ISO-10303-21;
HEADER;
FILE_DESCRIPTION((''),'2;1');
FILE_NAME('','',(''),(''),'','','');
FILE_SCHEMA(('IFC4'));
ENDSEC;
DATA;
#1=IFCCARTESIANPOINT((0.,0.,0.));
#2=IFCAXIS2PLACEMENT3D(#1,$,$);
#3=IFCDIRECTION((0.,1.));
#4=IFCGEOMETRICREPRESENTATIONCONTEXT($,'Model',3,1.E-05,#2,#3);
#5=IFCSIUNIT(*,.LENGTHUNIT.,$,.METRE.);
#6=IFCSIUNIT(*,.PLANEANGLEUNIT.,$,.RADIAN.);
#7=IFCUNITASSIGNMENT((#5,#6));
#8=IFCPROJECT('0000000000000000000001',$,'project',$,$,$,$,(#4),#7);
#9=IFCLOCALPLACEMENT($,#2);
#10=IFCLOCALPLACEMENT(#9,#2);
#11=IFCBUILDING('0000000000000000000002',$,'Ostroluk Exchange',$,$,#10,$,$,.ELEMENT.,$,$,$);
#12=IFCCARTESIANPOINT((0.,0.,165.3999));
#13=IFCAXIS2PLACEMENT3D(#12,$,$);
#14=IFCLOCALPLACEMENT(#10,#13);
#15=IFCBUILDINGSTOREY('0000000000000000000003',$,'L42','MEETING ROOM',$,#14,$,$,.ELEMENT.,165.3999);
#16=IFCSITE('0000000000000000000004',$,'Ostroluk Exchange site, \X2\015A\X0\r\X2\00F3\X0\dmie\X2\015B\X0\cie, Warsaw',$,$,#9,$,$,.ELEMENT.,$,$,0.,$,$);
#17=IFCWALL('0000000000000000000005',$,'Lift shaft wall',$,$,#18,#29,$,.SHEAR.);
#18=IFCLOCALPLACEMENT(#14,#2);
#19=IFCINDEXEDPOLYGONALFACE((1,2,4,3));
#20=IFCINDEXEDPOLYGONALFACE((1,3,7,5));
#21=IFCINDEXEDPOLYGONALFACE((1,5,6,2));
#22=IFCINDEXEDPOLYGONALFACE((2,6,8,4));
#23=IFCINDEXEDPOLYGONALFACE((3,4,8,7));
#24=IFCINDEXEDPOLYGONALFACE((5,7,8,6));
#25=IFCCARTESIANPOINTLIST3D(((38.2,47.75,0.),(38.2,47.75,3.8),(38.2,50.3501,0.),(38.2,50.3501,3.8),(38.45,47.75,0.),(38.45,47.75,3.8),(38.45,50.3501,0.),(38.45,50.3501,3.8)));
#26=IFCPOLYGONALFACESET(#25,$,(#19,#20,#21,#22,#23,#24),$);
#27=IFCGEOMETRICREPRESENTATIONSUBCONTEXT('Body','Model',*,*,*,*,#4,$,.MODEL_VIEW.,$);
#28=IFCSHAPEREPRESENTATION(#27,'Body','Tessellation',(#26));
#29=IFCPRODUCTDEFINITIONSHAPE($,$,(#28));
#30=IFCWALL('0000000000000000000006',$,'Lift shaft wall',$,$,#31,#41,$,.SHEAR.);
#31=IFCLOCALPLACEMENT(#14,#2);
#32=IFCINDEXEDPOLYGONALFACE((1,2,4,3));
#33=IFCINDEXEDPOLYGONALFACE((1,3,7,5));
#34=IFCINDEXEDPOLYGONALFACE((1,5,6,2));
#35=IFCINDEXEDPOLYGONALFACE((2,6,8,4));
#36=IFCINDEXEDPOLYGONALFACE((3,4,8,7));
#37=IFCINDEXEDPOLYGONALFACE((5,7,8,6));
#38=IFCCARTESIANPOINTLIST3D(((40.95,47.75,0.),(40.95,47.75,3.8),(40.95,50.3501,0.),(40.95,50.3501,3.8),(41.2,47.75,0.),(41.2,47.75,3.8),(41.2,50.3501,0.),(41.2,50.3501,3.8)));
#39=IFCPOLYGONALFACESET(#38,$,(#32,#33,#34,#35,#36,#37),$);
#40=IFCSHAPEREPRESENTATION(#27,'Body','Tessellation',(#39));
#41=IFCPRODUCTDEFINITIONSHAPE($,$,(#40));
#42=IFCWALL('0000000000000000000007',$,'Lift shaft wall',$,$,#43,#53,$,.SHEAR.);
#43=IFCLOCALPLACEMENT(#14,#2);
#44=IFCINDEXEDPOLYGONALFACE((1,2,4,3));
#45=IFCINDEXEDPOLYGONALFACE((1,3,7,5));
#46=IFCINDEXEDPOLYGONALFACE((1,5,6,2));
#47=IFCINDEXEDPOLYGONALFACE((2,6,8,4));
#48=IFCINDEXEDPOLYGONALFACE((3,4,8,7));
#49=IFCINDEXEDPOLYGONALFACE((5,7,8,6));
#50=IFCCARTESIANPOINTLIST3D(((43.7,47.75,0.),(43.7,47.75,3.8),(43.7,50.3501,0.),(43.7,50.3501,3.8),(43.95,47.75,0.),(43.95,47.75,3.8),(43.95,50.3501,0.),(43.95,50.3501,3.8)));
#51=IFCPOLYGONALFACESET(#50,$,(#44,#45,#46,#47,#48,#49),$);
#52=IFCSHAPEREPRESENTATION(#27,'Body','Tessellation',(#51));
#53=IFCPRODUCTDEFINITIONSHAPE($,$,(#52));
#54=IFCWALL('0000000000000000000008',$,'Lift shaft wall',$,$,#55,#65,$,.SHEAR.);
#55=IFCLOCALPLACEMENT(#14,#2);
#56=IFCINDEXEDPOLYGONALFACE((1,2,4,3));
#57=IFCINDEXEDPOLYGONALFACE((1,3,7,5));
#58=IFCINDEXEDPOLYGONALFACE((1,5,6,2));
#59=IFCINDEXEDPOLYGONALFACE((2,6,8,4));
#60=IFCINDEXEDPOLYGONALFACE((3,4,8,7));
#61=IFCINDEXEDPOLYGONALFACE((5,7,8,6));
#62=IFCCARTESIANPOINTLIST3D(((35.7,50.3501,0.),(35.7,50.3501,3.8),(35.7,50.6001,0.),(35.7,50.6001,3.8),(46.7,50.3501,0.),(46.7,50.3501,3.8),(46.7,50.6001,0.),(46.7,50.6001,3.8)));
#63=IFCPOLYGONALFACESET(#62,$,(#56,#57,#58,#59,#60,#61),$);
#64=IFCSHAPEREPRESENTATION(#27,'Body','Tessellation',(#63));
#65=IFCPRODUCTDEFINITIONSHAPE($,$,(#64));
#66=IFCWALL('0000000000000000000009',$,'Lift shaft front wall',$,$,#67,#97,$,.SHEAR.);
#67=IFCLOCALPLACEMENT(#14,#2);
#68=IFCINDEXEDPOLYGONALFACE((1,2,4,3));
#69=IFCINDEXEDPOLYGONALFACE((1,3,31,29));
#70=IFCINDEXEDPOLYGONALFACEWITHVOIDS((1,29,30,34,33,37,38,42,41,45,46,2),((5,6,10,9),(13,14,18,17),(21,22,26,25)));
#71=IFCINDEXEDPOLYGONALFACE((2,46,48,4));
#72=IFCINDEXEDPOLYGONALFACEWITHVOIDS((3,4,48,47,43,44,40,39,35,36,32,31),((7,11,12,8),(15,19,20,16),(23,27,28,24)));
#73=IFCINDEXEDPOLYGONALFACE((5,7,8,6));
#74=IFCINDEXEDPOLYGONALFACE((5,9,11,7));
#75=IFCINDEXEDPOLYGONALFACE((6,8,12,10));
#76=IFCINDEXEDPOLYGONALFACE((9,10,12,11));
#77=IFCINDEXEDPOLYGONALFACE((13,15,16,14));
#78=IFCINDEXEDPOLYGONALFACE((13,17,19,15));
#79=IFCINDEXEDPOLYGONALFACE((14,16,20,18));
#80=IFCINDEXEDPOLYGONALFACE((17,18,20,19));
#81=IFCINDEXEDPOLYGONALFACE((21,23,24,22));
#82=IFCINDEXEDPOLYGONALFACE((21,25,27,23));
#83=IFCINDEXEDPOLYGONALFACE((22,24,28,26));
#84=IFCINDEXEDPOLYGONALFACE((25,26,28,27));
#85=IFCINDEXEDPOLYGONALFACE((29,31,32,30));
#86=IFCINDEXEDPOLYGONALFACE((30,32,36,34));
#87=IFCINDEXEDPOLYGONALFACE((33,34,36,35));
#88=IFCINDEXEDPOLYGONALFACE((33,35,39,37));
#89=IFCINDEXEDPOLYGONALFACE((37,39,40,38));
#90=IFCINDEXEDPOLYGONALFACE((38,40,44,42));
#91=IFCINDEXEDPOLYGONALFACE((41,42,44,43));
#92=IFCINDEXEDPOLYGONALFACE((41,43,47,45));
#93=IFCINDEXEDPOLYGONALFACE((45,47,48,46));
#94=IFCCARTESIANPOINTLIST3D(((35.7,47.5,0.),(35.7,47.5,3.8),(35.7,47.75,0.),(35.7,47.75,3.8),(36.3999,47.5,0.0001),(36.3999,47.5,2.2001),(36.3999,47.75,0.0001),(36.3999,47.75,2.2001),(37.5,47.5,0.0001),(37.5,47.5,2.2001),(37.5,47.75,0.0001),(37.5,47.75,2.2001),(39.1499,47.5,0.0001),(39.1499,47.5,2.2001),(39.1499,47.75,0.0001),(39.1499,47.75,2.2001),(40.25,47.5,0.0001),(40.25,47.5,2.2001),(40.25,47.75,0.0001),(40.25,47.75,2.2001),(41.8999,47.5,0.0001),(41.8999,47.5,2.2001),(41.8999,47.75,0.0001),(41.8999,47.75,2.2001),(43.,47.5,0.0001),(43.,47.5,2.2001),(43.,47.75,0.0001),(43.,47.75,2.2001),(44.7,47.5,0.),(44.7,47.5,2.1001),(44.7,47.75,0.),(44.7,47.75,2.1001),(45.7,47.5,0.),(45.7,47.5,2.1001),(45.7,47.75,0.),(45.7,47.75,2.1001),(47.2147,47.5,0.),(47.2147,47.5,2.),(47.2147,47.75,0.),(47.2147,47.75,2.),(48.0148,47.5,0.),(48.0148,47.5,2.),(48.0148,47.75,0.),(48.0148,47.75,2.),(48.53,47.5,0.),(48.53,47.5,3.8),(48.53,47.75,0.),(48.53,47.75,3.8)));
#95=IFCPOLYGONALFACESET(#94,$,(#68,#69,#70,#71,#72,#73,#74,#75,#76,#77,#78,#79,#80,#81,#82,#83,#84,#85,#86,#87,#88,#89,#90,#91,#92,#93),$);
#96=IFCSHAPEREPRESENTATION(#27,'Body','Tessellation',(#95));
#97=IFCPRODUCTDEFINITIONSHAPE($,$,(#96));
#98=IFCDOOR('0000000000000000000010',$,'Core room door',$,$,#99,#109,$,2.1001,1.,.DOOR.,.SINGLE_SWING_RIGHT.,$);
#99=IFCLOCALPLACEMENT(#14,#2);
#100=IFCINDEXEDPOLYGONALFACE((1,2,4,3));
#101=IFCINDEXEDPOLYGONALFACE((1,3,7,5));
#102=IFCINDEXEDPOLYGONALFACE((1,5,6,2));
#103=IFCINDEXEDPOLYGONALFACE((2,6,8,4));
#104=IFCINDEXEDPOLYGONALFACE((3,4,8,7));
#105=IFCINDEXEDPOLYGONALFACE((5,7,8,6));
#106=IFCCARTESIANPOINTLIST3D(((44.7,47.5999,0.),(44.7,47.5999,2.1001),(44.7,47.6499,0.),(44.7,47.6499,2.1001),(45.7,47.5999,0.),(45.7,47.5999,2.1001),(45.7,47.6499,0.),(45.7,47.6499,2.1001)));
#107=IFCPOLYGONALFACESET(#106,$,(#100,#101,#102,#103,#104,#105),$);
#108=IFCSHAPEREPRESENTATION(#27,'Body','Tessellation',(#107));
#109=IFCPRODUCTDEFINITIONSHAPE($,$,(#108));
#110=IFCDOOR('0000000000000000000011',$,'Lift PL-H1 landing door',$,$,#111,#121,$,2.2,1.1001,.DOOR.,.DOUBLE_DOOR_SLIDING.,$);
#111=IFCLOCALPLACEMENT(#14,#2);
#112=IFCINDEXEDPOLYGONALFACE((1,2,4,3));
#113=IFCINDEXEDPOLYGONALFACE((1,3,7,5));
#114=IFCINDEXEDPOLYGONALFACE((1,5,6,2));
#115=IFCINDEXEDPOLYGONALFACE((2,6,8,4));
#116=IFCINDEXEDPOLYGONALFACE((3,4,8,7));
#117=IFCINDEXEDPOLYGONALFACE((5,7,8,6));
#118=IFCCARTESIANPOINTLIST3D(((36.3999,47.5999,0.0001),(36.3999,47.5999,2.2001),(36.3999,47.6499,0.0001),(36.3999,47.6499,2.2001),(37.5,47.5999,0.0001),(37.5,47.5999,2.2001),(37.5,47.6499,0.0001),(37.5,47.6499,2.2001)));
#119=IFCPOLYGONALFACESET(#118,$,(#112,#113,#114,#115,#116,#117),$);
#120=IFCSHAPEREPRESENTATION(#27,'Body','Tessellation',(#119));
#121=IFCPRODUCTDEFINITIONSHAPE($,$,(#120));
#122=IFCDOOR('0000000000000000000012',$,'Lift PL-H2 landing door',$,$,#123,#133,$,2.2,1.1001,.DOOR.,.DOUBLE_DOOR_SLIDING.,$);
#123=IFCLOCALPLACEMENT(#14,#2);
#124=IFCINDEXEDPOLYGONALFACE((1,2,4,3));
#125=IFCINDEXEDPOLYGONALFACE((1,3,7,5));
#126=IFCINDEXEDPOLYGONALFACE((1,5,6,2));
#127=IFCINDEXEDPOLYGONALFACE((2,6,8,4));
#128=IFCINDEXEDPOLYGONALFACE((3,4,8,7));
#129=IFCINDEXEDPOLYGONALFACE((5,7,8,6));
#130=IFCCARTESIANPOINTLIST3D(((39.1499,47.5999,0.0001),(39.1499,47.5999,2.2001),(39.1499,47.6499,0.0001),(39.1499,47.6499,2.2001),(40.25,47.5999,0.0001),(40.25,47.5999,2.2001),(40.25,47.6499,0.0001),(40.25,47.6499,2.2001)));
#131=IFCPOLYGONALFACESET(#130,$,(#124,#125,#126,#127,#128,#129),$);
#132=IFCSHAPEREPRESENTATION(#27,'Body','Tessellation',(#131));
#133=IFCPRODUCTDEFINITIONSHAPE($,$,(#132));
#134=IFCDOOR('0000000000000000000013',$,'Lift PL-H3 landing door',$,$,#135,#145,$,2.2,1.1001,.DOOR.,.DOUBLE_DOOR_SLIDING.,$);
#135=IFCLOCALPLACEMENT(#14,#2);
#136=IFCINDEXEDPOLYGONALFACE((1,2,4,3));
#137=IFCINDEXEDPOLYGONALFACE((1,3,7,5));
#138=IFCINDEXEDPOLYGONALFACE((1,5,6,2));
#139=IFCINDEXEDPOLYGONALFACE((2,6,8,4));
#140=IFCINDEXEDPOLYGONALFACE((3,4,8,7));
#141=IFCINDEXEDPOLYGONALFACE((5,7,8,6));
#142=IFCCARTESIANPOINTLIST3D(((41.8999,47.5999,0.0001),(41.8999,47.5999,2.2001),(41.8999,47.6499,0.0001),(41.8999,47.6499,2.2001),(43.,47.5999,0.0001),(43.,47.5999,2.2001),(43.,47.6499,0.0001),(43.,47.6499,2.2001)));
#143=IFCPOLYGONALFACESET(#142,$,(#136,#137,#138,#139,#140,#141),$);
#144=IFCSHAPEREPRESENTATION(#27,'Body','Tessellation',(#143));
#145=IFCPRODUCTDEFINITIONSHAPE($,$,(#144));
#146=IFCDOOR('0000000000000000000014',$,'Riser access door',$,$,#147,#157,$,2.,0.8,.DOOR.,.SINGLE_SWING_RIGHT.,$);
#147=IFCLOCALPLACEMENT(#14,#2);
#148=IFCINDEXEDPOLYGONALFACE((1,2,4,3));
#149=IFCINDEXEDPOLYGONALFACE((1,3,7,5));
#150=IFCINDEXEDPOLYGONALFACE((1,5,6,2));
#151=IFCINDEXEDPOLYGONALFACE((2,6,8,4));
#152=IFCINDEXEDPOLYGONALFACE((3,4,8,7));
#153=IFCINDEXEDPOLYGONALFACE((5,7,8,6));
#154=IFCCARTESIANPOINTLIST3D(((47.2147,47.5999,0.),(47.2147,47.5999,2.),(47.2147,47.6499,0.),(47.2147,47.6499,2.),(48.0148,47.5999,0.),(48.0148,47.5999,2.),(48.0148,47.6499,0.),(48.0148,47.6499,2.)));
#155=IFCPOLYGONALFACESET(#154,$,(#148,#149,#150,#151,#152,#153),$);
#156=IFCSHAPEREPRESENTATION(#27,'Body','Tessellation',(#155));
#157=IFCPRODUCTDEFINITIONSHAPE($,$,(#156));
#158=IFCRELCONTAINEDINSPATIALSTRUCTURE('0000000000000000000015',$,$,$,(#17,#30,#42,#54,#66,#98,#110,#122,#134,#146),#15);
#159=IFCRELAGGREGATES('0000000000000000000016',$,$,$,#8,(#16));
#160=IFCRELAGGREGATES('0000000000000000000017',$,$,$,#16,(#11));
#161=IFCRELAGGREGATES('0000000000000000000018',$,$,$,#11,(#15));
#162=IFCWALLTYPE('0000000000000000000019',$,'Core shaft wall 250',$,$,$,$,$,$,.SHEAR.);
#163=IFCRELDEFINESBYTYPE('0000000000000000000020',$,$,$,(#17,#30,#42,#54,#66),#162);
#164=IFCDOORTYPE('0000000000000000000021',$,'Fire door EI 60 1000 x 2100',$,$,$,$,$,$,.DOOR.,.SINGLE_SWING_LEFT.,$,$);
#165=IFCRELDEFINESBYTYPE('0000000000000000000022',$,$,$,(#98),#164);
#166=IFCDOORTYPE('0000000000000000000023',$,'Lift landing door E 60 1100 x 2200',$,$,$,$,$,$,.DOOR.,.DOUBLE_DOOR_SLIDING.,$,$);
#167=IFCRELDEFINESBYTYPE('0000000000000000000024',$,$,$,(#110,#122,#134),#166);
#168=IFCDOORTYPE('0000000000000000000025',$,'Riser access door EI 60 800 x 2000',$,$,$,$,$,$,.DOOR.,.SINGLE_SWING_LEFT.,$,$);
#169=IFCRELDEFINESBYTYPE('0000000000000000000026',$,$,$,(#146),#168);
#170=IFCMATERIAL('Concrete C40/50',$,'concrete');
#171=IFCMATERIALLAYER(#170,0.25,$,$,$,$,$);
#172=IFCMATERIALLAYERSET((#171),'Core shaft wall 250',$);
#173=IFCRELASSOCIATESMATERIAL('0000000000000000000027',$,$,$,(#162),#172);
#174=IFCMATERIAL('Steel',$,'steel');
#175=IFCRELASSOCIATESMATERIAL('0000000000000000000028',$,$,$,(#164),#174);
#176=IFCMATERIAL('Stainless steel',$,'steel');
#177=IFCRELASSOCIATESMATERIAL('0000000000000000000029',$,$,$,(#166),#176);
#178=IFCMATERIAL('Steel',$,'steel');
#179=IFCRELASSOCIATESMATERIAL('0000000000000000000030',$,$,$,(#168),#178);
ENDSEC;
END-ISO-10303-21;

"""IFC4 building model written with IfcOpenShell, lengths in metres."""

from ifc_helpers import new_model, si_unit, direction, frame, frame_2d, origin, place, context, subcontext, project, spatial, rectangle, extrude, material, layer, layer_set, type_object, element, fill, save


model = new_model("IFC4")

# Units and contexts
model_context = context("Model", 3, precision=1e-05, world=origin(), true_north=direction((0.0, 1.0)))
body_context = subcontext(model_context, "Body", "Model", "MODEL_VIEW")
ifc_project = project(units=[si_unit("LENGTHUNIT", "METRE"), si_unit("PLANEANGLEUNIT", "RADIAN")], contexts=[model_context])

# Site, building, storey
site_placement = place(None, origin())
site = spatial("IfcSite", under=ifc_project, at=site_placement, Name="Ostroluk Exchange site, Śródmieście, Warsaw", CompositionType="ELEMENT", RefElevation=0.0)
building_placement = place(site_placement, origin())
building = spatial("IfcBuilding", under=site, at=building_placement, Name="Ostroluk Exchange", CompositionType="ELEMENT")
storey_placement = place(building_placement, frame((0.0, 0.0, 165.3999)))
storey = spatial("IfcBuildingStorey", under=building, at=storey_placement, Name="L42", Description="MEETING ROOM", CompositionType="ELEMENT", Elevation=165.3999)

# Walls
ifc_material_1 = material(Name="Concrete C40/50", Category="concrete")
ifc_layer_1 = layer(ifc_material_1, 0.25)
ifc_layer_set_1 = layer_set([ifc_layer_1], Name="Core shaft wall 250")
wall_type_1 = type_object("IfcWallType", Name="Core shaft wall 250", PredefinedType="SHEAR", material=ifc_layer_set_1)
for number, where, z_axis, x_axis, name in (
    (1, (38.325, 47.75, 0.0), (0.0, 0.0, 1.0), (0.0, 1.0, 0.0), "Lift shaft wall"),
    (2, (41.075, 47.75, 0.0), (0.0, 0.0, 1.0), (0.0, 1.0, 0.0), "Lift shaft wall"),
    (3, (43.825, 47.75, 0.0), (0.0, 0.0, 1.0), (0.0, 1.0, 0.0), "Lift shaft wall"),
):
    element("IfcWall", number, at=place(storey_placement, frame(where, z_axis=z_axis, x_axis=x_axis)), inside=storey, type_object=wall_type_1, Name=name, PredefinedType="SHEAR", context=body_context, shape_type="SweptSolid", body=[
        extrude(rectangle(XDim=2.6001, YDim=0.25, at=frame_2d((1.3, 0.0))), origin(), (0.0, 0.0, 1.0), 3.8),
    ])
wall_1_placement = place(storey_placement, frame((35.7, 50.4751, 0.0), z_axis=(0.0, 0.0, 1.0), x_axis=(1.0, 0.0, 0.0)))
element("IfcWall", 4, at=wall_1_placement, inside=storey, type_object=wall_type_1, Name="Lift shaft wall", PredefinedType="SHEAR", context=body_context, shape_type="SweptSolid", body=[
    extrude(rectangle(XDim=11.0, YDim=0.25, at=frame_2d((5.5, 0.0))), origin(), (0.0, 0.0, 1.0), 3.8),
])

# Wall, openings, doors
wall_2_placement = place(storey_placement, frame((35.7, 47.625, 0.0), z_axis=(0.0, 0.0, 1.0), x_axis=(1.0, 0.0, 0.0)))
wall_2 = element("IfcWall", 5, at=wall_2_placement, inside=storey, type_object=wall_type_1, Name="Lift shaft front wall", PredefinedType="SHEAR", context=body_context, shape_type="SweptSolid", body=[
    extrude(rectangle(XDim=12.8301, YDim=0.25, at=frame_2d((6.415, 0.0))), origin(), (0.0, 0.0, 1.0), 3.8),
])
opening_1_placement = place(wall_2_placement, frame((0.7, 0.0, 0.0)))
opening_1 = element("IfcOpeningElement", 6, at=opening_1_placement, cuts=wall_2, PredefinedType="OPENING", context=body_context, shape_type="SweptSolid", body=[
    extrude(rectangle(XDim=1.1001, YDim=2.2, at=frame_2d((0.55, 1.1001))), frame((0.0, 0.135, 0.0), z_axis=(0.0, -1.0, 0.0), x_axis=(1.0, 0.0, 0.0)), (0.0, 0.0, 1.0), 0.27),
])
opening_2_placement = place(wall_2_placement, frame((3.45, 0.0, 0.0)))
opening_2 = element("IfcOpeningElement", 7, at=opening_2_placement, cuts=wall_2, PredefinedType="OPENING", context=body_context, shape_type="SweptSolid", body=[
    extrude(rectangle(XDim=1.1001, YDim=2.2, at=frame_2d((0.55, 1.1001))), frame((0.0, 0.135, 0.0), z_axis=(0.0, -1.0, 0.0), x_axis=(1.0, 0.0, 0.0)), (0.0, 0.0, 1.0), 0.27),
])
opening_3_placement = place(wall_2_placement, frame((6.2, 0.0, 0.0)))
opening_3 = element("IfcOpeningElement", 8, at=opening_3_placement, cuts=wall_2, PredefinedType="OPENING", context=body_context, shape_type="SweptSolid", body=[
    extrude(rectangle(XDim=1.1001, YDim=2.2, at=frame_2d((0.55, 1.1001))), frame((0.0, 0.135, 0.0), z_axis=(0.0, -1.0, 0.0), x_axis=(1.0, 0.0, 0.0)), (0.0, 0.0, 1.0), 0.27),
])
opening_4_placement = place(wall_2_placement, frame((9.0, 0.0, 0.0)))
opening_4 = element("IfcOpeningElement", 9, at=opening_4_placement, cuts=wall_2, PredefinedType="OPENING", context=body_context, shape_type="SweptSolid", body=[
    extrude(rectangle(XDim=1.0, YDim=2.1001, at=frame_2d((0.5, 1.05))), frame((0.0, 0.135, 0.0), z_axis=(0.0, -1.0, 0.0), x_axis=(1.0, 0.0, 0.0)), (0.0, 0.0, 1.0), 0.27),
])
opening_5_placement = place(wall_2_placement, frame((11.5149, 0.0, 0.0)))
opening_5 = element("IfcOpeningElement", 10, at=opening_5_placement, cuts=wall_2, PredefinedType="OPENING", context=body_context, shape_type="SweptSolid", body=[
    extrude(rectangle(XDim=0.8, YDim=2.0, at=frame_2d((0.3999, 1.0))), frame((0.0, 0.135, 0.0), z_axis=(0.0, -1.0, 0.0), x_axis=(1.0, 0.0, 0.0)), (0.0, 0.0, 1.0), 0.27),
])
ifc_material_2 = material(Name="Steel", Category="steel")
door_type_1 = type_object("IfcDoorType", Name="Fire door EI 60 1000 x 2100", OperationType="SINGLE_SWING_LEFT", PredefinedType="DOOR", material=ifc_material_2)
door_1_placement = place(opening_4_placement, origin())
door_1 = element("IfcDoor", 11, at=door_1_placement, inside=storey, type_object=door_type_1, Name="Core room door", OperationType="SINGLE_SWING_RIGHT", OverallHeight=2.1001, OverallWidth=1.0, PredefinedType="DOOR", context=body_context, shape_type="SweptSolid", body=[
    extrude(rectangle(XDim=1.0, YDim=2.1001, at=frame_2d((0.5, 1.05))), frame((0.0, 0.0249, 0.0), z_axis=(0.0, -1.0, 0.0), x_axis=(1.0, 0.0, 0.0)), (0.0, 0.0, 1.0), 0.05),
])
fill(opening_4, door_1)
ifc_material_3 = material(Name="Stainless steel", Category="steel")
door_type_2 = type_object("IfcDoorType", Name="Lift landing door E 60 1100 x 2200", OperationType="DOUBLE_DOOR_SLIDING", PredefinedType="DOOR", material=ifc_material_3)
door_2_placement = place(opening_1_placement, origin())
door_2 = element("IfcDoor", 12, at=door_2_placement, inside=storey, type_object=door_type_2, Name="Lift PL-H1 landing door", OperationType="DOUBLE_DOOR_SLIDING", OverallHeight=2.2, OverallWidth=1.1001, PredefinedType="DOOR", context=body_context, shape_type="SweptSolid", body=[
    extrude(rectangle(XDim=1.1001, YDim=2.2, at=frame_2d((0.55, 1.1001))), frame((0.0, 0.0249, 0.0), z_axis=(0.0, -1.0, 0.0), x_axis=(1.0, 0.0, 0.0)), (0.0, 0.0, 1.0), 0.05),
])
fill(opening_1, door_2)
door_3_placement = place(opening_2_placement, origin())
door_3 = element("IfcDoor", 13, at=door_3_placement, inside=storey, type_object=door_type_2, Name="Lift PL-H2 landing door", OperationType="DOUBLE_DOOR_SLIDING", OverallHeight=2.2, OverallWidth=1.1001, PredefinedType="DOOR", context=body_context, shape_type="SweptSolid", body=[
    extrude(rectangle(XDim=1.1001, YDim=2.2, at=frame_2d((0.55, 1.1001))), frame((0.0, 0.0249, 0.0), z_axis=(0.0, -1.0, 0.0), x_axis=(1.0, 0.0, 0.0)), (0.0, 0.0, 1.0), 0.05),
])
fill(opening_2, door_3)
door_4_placement = place(opening_3_placement, origin())
door_4 = element("IfcDoor", 14, at=door_4_placement, inside=storey, type_object=door_type_2, Name="Lift PL-H3 landing door", OperationType="DOUBLE_DOOR_SLIDING", OverallHeight=2.2, OverallWidth=1.1001, PredefinedType="DOOR", context=body_context, shape_type="SweptSolid", body=[
    extrude(rectangle(XDim=1.1001, YDim=2.2, at=frame_2d((0.55, 1.1001))), frame((0.0, 0.0249, 0.0), z_axis=(0.0, -1.0, 0.0), x_axis=(1.0, 0.0, 0.0)), (0.0, 0.0, 1.0), 0.05),
])
fill(opening_3, door_4)
ifc_material_4 = material(Name="Steel", Category="steel")
door_type_3 = type_object("IfcDoorType", Name="Riser access door EI 60 800 x 2000", OperationType="SINGLE_SWING_LEFT", PredefinedType="DOOR", material=ifc_material_4)
door_5_placement = place(opening_5_placement, origin())
door_5 = element("IfcDoor", 15, at=door_5_placement, inside=storey, type_object=door_type_3, Name="Riser access door", OperationType="SINGLE_SWING_RIGHT", OverallHeight=2.0, OverallWidth=0.8, PredefinedType="DOOR", context=body_context, shape_type="SweptSolid", body=[
    extrude(rectangle(XDim=0.8, YDim=2.0, at=frame_2d((0.3999, 1.0))), frame((0.0, 0.0249, 0.0), z_axis=(0.0, -1.0, 0.0), x_axis=(1.0, 0.0, 0.0)), (0.0, 0.0, 1.0), 0.05),
])
fill(opening_5, door_5)

save(model, "model.ifc")
